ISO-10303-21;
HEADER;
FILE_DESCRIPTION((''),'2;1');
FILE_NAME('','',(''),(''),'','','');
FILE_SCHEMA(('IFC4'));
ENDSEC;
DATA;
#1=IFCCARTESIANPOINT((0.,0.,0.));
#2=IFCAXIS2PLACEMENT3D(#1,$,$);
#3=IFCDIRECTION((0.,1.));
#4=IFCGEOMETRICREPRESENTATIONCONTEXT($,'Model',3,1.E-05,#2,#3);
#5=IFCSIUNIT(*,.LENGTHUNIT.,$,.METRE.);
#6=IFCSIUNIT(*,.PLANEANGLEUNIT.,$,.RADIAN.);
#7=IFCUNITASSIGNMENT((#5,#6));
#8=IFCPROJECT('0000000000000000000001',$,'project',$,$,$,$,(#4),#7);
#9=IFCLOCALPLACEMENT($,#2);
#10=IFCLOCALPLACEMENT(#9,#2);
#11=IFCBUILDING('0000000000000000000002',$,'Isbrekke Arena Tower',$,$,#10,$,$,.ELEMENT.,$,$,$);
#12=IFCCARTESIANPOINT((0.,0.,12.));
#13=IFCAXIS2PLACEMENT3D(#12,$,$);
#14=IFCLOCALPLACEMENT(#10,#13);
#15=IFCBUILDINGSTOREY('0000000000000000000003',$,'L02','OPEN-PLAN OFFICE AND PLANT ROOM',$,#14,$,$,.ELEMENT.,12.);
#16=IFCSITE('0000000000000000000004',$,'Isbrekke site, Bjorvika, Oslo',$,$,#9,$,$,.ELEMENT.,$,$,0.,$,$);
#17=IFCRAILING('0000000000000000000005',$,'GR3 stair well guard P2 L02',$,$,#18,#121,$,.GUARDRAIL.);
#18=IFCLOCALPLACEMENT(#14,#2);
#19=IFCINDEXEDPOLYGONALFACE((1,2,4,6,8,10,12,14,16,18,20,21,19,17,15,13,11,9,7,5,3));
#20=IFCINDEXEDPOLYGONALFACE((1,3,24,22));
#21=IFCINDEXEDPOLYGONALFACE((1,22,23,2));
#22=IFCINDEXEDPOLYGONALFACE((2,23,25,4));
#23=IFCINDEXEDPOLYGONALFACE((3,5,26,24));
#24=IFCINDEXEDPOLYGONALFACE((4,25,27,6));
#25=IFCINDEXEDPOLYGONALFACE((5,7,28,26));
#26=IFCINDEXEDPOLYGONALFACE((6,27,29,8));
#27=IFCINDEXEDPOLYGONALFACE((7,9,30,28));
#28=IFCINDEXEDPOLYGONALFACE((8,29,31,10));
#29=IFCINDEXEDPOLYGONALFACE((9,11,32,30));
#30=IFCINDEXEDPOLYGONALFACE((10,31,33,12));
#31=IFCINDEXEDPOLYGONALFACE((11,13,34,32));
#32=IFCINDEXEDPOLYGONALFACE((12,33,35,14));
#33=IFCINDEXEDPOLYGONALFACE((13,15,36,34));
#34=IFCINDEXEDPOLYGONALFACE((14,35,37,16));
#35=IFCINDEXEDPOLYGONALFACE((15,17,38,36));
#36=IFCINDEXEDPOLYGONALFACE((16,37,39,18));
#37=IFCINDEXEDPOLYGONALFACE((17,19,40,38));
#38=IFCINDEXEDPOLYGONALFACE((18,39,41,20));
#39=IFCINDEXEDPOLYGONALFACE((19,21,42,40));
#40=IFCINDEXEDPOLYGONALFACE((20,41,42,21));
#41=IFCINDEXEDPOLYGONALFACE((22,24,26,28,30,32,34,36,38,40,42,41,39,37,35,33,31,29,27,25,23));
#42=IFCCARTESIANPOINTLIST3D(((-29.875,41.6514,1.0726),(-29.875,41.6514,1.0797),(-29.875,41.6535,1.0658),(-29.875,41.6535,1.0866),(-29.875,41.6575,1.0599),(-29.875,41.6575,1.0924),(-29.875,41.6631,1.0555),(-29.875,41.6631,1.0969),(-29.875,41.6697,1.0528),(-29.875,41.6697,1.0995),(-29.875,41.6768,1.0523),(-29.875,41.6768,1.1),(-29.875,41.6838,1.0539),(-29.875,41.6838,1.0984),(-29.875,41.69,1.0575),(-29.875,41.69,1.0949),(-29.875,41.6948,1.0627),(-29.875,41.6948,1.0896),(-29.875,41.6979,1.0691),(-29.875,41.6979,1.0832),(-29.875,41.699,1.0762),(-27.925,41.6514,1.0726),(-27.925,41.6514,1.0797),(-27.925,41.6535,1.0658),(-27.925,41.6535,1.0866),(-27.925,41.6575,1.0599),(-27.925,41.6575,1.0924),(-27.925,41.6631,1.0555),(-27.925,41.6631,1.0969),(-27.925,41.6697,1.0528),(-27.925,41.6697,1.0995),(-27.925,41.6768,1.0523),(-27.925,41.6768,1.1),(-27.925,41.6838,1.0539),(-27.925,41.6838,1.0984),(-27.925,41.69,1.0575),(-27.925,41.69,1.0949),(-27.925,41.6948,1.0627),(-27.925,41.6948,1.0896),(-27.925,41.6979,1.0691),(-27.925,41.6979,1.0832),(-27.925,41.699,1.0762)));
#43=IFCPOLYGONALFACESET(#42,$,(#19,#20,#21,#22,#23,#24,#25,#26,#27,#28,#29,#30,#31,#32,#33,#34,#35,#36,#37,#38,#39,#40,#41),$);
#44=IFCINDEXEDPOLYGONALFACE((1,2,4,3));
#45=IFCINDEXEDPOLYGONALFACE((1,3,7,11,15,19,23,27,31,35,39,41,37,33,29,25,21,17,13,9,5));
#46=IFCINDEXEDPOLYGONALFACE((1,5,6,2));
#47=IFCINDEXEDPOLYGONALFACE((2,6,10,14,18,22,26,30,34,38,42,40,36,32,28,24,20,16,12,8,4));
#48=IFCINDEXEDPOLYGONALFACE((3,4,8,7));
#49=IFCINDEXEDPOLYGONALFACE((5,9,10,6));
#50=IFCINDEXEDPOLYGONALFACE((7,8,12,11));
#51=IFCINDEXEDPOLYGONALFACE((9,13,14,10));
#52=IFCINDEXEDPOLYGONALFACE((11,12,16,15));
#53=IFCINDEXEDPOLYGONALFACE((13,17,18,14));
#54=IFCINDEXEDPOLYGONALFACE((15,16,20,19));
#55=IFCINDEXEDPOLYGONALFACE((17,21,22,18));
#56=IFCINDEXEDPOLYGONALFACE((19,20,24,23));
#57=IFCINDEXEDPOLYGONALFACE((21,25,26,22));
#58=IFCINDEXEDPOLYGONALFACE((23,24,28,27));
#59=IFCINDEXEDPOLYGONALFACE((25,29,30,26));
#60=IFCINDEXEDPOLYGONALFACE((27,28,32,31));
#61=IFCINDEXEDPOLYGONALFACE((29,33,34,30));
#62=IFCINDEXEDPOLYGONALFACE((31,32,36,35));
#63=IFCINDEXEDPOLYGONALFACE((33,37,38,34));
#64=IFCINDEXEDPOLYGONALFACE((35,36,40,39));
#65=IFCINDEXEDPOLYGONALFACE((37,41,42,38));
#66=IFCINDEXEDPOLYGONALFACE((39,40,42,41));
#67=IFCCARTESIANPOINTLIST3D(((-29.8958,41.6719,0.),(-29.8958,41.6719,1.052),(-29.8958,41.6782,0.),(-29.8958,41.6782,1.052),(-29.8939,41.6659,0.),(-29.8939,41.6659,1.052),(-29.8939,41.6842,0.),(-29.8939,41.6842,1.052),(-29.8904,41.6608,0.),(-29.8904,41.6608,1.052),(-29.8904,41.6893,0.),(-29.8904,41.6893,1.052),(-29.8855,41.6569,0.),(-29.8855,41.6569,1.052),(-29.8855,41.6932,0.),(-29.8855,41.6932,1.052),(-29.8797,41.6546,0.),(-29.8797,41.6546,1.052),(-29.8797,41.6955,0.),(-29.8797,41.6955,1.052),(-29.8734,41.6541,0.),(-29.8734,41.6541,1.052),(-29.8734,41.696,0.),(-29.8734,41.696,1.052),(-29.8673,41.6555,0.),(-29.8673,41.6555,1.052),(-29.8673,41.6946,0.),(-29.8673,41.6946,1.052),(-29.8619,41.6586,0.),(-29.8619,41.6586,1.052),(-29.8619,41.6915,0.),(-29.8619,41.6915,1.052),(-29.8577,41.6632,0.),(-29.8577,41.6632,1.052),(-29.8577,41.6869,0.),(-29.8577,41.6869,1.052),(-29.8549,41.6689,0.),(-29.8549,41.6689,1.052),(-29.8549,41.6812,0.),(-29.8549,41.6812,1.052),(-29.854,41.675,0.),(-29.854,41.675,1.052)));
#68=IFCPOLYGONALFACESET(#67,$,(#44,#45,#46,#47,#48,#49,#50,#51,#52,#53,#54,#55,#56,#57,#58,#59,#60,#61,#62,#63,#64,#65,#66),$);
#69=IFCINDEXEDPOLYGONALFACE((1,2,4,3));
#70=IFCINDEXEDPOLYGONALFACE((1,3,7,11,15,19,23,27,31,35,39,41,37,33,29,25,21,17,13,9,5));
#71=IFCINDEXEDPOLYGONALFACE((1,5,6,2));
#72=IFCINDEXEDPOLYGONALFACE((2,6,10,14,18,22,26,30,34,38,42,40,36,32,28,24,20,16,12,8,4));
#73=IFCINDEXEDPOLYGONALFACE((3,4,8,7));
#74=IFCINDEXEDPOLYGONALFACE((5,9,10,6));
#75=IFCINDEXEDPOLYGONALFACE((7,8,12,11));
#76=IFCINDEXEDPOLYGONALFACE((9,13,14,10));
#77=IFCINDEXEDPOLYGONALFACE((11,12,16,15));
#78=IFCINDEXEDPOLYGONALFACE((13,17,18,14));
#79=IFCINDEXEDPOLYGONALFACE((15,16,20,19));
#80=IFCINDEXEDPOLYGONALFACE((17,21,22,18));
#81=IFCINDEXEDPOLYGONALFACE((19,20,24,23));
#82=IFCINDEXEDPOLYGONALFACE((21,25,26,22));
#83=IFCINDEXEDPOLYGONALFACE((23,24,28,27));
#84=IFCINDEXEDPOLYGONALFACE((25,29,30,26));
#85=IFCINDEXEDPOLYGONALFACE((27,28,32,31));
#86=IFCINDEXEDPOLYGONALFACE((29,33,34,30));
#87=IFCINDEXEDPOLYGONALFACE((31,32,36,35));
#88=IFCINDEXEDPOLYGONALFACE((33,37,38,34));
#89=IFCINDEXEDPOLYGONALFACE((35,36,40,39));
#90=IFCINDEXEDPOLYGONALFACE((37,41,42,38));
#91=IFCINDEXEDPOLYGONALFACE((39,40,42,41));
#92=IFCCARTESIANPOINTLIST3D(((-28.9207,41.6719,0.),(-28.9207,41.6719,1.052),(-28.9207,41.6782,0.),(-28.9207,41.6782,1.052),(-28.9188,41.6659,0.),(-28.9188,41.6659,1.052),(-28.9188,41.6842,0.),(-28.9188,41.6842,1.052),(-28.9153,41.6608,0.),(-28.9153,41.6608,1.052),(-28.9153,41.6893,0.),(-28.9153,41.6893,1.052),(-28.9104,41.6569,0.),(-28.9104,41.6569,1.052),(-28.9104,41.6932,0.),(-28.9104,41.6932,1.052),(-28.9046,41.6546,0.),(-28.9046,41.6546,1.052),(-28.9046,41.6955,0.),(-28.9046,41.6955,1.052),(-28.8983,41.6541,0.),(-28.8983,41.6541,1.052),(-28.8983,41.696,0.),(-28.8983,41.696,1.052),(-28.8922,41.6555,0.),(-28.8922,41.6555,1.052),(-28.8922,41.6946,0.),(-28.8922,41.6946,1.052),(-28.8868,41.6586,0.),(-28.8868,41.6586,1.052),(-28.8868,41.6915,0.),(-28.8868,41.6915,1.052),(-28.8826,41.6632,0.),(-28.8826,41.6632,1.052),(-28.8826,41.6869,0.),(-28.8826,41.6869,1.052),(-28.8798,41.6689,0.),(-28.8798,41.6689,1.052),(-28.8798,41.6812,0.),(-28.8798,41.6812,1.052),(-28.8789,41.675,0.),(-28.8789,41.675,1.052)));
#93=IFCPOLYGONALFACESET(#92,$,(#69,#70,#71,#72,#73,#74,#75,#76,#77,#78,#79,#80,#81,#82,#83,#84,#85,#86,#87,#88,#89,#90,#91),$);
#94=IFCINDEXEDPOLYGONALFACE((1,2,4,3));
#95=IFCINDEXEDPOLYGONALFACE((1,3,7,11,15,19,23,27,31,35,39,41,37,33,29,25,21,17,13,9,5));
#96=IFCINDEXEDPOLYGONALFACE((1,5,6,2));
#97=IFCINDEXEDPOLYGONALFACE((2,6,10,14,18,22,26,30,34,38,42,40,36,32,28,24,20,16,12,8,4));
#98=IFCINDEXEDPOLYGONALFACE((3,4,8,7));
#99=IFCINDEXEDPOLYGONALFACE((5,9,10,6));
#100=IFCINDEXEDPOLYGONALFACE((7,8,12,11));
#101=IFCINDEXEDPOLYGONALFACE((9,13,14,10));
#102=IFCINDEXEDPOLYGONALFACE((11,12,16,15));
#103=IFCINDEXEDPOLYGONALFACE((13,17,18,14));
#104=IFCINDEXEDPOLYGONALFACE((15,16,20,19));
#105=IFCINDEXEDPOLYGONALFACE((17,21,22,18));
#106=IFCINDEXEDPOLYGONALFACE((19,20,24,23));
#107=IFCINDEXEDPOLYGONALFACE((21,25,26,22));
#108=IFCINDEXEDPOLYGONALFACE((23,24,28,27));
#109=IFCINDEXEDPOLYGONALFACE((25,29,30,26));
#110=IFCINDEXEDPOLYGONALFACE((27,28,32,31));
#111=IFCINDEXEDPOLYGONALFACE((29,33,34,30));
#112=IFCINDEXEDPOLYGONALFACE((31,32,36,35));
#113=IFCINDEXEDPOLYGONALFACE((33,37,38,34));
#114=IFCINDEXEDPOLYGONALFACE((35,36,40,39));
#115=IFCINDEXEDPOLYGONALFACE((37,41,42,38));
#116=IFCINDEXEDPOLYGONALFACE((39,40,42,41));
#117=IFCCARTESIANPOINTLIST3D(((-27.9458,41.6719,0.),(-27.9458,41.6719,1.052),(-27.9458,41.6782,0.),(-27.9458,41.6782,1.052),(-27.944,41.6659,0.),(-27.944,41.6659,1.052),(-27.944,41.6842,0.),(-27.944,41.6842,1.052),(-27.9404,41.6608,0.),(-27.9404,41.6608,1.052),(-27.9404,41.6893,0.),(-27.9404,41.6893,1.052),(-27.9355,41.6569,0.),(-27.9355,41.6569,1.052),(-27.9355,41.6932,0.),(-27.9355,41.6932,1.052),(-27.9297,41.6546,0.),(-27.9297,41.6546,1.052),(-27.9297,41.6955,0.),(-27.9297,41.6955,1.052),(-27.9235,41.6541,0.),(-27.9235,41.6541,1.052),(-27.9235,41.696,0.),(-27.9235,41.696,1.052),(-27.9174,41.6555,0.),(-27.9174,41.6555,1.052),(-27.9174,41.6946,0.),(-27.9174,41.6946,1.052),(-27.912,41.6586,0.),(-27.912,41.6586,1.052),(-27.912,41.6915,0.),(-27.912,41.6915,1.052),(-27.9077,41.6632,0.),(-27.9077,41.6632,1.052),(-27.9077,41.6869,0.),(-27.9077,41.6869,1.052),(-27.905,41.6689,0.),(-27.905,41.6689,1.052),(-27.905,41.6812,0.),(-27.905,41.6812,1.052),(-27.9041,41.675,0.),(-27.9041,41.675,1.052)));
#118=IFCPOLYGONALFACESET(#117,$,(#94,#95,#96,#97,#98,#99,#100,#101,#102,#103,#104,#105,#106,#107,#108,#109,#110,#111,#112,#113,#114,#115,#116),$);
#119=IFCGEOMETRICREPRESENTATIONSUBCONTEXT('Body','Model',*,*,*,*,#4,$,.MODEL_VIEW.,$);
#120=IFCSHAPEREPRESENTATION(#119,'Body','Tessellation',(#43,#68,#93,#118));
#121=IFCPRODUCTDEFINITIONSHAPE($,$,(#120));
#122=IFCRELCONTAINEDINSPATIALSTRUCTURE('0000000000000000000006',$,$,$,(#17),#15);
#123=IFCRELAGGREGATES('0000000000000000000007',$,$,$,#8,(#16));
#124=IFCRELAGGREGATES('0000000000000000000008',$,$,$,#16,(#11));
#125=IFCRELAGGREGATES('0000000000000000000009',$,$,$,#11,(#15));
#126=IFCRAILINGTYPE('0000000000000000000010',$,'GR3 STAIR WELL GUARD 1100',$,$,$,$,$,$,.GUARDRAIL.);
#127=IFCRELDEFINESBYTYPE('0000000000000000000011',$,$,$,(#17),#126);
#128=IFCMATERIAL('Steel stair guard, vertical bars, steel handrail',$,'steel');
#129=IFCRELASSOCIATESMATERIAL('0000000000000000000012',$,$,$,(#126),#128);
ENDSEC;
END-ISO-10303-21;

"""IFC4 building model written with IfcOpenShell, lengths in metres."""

from ifc_helpers import new_model, si_unit, direction, frame, origin, origin_2d, place, context, subcontext, project, spatial, circle, extrude, material, type_object, element, save


model = new_model("IFC4")

# Units and contexts
model_context = context("Model", 3, precision=1e-05, world=origin(), true_north=direction((0.0, 1.0)))
body_context = subcontext(model_context, "Body", "Model", "MODEL_VIEW")
ifc_project = project(units=[si_unit("LENGTHUNIT", "METRE"), si_unit("PLANEANGLEUNIT", "RADIAN")], contexts=[model_context])

# Site, building, storey
site_placement = place(None, origin())
site = spatial("IfcSite", under=ifc_project, at=site_placement, Name="Isbrekke site, Bjorvika, Oslo", CompositionType="ELEMENT", RefElevation=0.0)
building_placement = place(site_placement, origin())
building = spatial("IfcBuilding", under=site, at=building_placement, Name="Isbrekke Arena Tower", CompositionType="ELEMENT")
storey_placement = place(building_placement, frame((0.0, 0.0, 12.0)))
storey = spatial("IfcBuildingStorey", under=building, at=storey_placement, Name="L02", Description="OPEN-PLAN OFFICE AND PLANT ROOM", CompositionType="ELEMENT", Elevation=12.0)

# Railing
ifc_material_1 = material(Name="Steel stair guard, vertical bars, steel handrail", Category="steel")
railing_type = type_object("IfcRailingType", Name="GR3 STAIR WELL GUARD 1100", PredefinedType="GUARDRAIL", material=ifc_material_1)
railing_placement = place(storey_placement, frame((-29.875, 41.675, 0.0)))
element("IfcRailing", 1, at=railing_placement, inside=storey, type_object=railing_type, Name="GR3 stair well guard P2 L02", PredefinedType="GUARDRAIL", context=body_context, shape_type="SweptSolid", body=[
    extrude(circle(Radius=0.0239, at=origin_2d()), frame((0.0, 0.0, 1.0762), z_axis=(1.0, 0.0, 0.0), x_axis=(0.0, 1.0, 0.0)), (0.0, 0.0, 1.0), 1.95),
    extrude(circle(Radius=0.021, at=origin_2d()), origin(), (0.0, 0.0, 1.0), 1.052),
    extrude(circle(Radius=0.021, at=origin_2d()), frame((0.9751, 0.0, 0.0)), (0.0, 0.0, 1.0), 1.052),
    extrude(circle(Radius=0.021, at=origin_2d()), frame((1.95, 0.0, 0.0)), (0.0, 0.0, 1.0), 1.052),
])

save(model, "model.ifc")
